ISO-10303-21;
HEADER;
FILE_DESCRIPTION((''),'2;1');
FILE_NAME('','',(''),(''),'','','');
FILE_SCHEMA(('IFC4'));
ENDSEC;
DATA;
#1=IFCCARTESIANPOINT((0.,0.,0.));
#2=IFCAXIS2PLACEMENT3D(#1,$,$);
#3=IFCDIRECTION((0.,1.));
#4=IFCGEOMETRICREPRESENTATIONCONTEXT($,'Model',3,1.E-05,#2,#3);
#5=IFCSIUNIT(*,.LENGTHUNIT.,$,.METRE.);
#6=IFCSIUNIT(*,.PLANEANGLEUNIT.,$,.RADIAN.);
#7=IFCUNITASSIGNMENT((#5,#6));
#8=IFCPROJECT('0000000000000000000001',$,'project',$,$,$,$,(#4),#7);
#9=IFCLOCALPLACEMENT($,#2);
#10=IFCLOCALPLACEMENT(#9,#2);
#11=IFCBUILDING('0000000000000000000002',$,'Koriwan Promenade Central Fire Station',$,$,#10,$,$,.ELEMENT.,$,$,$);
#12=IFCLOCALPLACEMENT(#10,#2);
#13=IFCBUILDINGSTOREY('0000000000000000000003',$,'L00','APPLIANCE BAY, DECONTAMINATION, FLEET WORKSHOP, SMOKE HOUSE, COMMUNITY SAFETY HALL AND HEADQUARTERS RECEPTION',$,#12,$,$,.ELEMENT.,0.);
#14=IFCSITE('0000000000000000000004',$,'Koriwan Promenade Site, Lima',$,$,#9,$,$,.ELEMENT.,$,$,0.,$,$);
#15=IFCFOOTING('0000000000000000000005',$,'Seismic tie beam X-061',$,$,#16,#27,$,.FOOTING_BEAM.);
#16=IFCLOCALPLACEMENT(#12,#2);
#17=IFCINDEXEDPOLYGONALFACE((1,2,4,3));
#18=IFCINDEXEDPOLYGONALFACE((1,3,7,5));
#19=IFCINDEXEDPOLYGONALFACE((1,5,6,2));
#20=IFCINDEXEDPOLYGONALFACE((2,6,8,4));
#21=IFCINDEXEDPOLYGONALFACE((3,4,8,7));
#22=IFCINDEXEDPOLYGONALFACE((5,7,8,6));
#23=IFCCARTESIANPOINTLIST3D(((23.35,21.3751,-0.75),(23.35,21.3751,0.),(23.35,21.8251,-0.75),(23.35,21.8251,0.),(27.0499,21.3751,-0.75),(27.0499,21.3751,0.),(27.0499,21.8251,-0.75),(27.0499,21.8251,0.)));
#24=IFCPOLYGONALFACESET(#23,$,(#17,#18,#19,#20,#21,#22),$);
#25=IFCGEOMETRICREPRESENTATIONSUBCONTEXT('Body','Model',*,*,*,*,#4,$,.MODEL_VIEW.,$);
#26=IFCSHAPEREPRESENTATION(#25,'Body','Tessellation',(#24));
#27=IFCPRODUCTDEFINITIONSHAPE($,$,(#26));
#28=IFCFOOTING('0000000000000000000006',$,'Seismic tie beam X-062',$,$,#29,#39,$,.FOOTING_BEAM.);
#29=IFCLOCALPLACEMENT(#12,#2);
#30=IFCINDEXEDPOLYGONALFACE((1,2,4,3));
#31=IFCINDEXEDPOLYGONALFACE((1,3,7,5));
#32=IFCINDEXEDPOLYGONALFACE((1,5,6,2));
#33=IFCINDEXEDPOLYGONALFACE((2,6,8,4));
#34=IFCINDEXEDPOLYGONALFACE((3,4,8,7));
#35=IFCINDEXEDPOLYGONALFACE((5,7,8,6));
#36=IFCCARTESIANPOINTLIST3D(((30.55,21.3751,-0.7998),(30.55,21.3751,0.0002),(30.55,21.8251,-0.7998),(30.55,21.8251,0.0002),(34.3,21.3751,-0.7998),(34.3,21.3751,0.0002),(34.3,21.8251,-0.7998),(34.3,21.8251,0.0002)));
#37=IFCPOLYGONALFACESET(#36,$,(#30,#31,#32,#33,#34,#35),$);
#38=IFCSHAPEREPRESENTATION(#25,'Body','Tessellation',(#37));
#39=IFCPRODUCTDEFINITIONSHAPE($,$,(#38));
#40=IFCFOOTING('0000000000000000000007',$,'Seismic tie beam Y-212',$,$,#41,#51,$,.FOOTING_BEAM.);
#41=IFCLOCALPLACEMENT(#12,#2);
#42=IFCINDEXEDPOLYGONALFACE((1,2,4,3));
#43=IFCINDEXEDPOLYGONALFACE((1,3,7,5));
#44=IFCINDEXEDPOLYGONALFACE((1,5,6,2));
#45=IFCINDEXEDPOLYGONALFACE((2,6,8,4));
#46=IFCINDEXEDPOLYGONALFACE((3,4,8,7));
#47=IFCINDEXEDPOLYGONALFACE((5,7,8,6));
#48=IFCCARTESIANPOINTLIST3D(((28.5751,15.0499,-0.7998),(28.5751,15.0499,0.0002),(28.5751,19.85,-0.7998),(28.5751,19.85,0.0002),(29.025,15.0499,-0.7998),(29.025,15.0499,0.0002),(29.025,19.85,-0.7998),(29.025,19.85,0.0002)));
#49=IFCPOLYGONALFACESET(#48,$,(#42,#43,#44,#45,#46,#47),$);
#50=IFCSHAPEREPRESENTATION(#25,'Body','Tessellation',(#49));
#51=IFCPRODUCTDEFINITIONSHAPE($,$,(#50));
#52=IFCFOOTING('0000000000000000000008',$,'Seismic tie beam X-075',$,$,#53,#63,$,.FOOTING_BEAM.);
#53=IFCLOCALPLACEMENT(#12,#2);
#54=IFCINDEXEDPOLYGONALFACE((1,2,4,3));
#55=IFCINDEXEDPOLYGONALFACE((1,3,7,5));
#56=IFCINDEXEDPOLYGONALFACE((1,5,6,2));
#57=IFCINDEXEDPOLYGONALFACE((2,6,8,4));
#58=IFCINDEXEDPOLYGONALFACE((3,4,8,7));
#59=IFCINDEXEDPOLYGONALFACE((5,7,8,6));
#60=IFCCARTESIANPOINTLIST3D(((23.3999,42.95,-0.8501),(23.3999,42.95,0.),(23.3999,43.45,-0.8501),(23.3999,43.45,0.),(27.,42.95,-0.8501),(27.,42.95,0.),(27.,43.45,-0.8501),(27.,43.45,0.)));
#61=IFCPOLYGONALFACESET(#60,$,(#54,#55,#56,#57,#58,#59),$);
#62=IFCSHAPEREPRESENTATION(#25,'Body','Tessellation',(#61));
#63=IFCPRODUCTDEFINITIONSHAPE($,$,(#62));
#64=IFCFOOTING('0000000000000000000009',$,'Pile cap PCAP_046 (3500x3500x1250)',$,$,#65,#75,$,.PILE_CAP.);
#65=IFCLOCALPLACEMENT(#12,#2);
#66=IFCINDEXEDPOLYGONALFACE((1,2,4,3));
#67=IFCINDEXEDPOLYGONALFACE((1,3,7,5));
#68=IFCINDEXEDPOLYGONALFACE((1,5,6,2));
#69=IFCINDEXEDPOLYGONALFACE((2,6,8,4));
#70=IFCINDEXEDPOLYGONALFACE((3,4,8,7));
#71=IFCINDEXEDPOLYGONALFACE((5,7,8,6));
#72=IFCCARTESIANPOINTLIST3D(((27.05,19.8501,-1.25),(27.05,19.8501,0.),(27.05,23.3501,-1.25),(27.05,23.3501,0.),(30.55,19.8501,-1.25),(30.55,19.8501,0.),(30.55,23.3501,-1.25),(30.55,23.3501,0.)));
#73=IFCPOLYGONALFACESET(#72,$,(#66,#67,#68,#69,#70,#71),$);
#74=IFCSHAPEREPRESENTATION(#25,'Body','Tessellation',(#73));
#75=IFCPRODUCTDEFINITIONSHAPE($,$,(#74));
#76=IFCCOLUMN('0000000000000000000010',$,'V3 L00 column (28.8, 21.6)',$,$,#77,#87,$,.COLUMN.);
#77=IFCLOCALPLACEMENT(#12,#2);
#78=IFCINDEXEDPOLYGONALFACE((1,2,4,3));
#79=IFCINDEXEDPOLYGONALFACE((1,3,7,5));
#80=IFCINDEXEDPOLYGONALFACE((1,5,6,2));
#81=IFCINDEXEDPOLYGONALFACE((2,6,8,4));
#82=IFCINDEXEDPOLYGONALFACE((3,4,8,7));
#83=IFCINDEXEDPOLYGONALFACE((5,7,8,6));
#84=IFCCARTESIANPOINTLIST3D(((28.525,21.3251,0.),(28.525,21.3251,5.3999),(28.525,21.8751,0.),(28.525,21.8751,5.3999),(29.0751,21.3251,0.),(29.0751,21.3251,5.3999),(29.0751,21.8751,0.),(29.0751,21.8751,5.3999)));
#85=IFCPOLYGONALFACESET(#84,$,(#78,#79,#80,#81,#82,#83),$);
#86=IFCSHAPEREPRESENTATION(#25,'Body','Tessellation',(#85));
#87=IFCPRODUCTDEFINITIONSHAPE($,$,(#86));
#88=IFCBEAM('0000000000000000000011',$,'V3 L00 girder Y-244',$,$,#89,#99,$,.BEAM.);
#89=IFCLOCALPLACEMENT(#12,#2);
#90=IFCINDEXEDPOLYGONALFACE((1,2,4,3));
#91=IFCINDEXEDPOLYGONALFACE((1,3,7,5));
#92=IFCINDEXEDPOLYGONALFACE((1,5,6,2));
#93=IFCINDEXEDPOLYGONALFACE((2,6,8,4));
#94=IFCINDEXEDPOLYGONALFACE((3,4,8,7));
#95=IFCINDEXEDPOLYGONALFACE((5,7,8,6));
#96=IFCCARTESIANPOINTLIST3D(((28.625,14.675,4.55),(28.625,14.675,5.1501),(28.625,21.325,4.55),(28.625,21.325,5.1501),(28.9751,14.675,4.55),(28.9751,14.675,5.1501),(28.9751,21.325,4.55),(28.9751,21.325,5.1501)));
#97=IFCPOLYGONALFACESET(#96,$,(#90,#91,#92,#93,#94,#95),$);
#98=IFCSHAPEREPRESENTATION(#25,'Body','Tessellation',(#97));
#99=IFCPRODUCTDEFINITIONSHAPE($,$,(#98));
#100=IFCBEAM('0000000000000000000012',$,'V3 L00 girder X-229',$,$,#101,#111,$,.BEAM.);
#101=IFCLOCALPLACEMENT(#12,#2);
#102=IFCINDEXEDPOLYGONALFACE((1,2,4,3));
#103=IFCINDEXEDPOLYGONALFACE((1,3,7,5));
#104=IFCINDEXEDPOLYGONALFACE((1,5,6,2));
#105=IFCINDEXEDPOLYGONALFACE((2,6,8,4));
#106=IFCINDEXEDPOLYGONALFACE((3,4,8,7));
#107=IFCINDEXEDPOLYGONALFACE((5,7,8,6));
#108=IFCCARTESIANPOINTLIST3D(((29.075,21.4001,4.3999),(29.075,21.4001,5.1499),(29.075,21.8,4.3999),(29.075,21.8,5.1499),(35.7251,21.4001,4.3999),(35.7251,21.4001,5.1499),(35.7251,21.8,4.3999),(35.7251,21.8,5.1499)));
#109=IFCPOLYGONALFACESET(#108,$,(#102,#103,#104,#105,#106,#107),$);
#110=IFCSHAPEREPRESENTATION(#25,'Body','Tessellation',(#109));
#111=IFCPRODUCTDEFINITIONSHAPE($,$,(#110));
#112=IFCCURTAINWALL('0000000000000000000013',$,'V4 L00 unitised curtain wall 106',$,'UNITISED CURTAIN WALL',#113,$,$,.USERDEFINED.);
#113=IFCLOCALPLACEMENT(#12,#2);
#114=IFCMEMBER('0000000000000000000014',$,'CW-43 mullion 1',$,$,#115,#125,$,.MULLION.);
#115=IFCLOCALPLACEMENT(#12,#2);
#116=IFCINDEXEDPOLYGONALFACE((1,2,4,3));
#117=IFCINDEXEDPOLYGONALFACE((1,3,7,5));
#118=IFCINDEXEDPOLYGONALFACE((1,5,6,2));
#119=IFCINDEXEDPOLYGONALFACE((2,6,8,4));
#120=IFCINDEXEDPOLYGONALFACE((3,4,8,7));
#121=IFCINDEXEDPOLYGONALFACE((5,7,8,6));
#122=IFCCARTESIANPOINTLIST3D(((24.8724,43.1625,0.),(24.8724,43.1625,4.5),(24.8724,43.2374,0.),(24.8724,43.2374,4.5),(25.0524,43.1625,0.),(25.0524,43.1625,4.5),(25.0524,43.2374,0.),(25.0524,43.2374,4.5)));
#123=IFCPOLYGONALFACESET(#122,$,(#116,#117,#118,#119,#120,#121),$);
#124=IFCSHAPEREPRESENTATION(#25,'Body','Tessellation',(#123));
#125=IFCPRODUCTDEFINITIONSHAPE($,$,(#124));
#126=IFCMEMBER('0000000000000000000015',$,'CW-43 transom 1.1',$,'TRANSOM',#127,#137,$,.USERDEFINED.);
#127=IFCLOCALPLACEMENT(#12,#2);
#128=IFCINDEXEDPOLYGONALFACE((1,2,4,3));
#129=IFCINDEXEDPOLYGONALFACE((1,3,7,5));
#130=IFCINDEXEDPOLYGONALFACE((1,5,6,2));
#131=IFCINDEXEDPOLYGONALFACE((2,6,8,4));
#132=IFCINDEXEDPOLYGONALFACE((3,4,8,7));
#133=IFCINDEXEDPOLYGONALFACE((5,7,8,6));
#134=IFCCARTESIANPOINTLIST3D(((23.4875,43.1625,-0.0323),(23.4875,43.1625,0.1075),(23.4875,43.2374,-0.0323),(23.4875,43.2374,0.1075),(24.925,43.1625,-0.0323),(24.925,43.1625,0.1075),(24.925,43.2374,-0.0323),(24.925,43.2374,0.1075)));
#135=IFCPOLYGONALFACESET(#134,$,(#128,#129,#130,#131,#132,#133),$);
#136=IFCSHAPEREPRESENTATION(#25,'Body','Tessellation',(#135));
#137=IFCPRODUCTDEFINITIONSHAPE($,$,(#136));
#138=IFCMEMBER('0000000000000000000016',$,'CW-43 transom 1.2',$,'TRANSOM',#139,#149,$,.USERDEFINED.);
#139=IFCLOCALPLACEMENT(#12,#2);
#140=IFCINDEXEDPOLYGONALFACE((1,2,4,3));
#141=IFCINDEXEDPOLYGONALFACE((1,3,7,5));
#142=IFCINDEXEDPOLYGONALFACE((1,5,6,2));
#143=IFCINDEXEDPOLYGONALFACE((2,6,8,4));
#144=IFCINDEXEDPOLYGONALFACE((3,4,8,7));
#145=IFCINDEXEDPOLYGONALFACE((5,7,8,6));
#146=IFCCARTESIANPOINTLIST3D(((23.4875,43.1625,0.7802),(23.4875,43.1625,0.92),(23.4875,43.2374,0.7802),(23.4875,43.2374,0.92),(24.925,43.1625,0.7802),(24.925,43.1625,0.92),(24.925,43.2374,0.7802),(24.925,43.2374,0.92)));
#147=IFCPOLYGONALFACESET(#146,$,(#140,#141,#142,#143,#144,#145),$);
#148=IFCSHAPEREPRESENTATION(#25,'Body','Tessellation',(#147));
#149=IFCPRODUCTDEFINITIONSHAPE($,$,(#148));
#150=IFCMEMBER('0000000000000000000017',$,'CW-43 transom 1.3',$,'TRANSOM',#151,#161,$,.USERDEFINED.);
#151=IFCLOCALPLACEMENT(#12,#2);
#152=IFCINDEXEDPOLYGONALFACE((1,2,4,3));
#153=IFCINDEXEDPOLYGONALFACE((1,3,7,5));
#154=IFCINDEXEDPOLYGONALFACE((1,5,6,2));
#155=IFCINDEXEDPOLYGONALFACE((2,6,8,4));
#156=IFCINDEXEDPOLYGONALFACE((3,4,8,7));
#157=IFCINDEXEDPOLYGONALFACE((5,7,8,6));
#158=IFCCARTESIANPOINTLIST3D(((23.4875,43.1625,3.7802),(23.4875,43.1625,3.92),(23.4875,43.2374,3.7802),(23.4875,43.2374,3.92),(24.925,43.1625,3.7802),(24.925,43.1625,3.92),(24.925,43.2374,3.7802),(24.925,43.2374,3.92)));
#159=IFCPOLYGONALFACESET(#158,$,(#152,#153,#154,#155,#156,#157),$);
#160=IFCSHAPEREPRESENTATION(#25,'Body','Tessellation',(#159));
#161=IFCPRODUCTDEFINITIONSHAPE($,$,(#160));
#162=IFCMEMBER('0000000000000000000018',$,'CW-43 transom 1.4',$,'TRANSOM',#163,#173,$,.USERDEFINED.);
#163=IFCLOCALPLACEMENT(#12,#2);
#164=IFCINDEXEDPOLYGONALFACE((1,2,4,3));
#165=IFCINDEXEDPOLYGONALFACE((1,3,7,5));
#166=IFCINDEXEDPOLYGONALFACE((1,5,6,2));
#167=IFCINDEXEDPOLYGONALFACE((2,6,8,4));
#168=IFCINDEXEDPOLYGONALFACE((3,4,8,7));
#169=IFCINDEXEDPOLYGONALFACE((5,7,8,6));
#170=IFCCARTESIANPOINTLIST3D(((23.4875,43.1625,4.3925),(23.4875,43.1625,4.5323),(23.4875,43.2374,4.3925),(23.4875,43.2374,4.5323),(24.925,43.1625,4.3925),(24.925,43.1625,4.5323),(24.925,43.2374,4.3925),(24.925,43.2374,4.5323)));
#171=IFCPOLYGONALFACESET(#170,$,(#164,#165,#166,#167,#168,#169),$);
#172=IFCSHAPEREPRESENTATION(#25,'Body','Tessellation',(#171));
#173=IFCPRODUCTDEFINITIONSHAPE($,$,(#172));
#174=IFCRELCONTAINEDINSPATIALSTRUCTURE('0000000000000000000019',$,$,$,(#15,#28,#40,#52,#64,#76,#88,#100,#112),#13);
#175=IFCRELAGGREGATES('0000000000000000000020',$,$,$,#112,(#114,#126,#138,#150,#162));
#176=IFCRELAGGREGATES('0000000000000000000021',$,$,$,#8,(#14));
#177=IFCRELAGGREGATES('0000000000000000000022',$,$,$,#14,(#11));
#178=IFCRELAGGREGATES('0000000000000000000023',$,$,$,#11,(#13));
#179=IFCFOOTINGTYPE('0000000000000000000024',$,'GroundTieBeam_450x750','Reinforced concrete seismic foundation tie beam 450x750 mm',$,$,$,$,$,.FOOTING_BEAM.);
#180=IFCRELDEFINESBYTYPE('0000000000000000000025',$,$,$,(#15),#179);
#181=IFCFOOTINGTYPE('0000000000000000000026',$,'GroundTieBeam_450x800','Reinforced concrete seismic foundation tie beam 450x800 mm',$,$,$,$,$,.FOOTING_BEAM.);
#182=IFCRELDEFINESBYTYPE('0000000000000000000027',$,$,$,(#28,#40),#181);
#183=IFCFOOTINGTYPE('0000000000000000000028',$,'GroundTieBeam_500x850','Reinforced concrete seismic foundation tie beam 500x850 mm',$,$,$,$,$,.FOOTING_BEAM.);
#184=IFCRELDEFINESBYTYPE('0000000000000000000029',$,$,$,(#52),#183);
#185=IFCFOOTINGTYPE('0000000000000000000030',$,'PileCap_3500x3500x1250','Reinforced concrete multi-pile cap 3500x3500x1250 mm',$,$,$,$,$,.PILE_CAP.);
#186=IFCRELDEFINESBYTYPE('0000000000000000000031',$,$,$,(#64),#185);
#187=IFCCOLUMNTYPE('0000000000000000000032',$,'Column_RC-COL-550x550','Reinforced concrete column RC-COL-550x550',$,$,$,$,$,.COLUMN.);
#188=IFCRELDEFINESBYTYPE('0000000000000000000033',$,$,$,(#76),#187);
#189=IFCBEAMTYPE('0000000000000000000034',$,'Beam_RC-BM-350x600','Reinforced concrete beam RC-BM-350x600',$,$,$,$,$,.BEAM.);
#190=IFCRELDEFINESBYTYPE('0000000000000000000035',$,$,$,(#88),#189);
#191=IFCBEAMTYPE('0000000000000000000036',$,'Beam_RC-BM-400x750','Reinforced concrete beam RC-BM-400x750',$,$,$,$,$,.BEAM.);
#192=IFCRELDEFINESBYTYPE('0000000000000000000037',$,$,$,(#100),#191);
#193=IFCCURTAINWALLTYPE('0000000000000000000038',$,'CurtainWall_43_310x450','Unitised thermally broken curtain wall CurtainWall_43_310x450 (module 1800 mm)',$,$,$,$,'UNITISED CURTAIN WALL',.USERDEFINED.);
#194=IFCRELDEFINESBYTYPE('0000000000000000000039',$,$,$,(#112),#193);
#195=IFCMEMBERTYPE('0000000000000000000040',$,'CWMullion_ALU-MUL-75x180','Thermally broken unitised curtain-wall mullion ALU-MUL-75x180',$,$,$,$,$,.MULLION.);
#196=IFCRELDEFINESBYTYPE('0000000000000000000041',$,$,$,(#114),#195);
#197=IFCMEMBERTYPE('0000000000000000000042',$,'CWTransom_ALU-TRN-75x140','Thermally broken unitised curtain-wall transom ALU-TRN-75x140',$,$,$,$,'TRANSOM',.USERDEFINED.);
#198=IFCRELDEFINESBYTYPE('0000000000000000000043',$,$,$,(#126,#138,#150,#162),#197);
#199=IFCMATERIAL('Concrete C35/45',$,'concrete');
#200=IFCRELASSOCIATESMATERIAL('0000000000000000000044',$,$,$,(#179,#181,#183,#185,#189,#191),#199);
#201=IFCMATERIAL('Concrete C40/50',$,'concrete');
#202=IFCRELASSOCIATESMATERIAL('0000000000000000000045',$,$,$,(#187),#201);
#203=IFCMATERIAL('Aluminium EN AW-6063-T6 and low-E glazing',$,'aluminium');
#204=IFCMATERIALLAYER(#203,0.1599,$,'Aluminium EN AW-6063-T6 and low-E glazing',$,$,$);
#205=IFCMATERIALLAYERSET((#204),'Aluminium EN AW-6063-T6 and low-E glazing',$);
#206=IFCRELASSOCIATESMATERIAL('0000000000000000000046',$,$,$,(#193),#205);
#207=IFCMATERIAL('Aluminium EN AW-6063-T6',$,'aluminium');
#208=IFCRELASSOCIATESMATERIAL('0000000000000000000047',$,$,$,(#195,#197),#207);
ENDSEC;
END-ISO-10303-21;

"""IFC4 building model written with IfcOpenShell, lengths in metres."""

from ifc_helpers import new_model, si_unit, direction, frame, origin, origin_2d, place, context, subcontext, project, spatial, rectangle, extrude, material, layer, layer_set, material_profile, profile_set, type_object, element, aggregate, save


model = new_model("IFC4")

# Units and contexts
model_context = context("Model", 3, precision=1e-05, world=origin(), true_north=direction((0.0, 1.0)))
body_context = subcontext(model_context, "Body", "Model", "MODEL_VIEW")
ifc_project = project(units=[si_unit("LENGTHUNIT", "METRE"), si_unit("PLANEANGLEUNIT", "RADIAN")], contexts=[model_context])

# Site, building, storey
site_placement = place(None, origin())
site = spatial("IfcSite", under=ifc_project, at=site_placement, Name="Koriwan Promenade Site, Lima", CompositionType="ELEMENT", RefElevation=0.0)
building_placement = place(site_placement, origin())
building = spatial("IfcBuilding", under=site, at=building_placement, Name="Koriwan Promenade Central Fire Station", CompositionType="ELEMENT")
storey_placement = place(building_placement, origin())
storey = spatial("IfcBuildingStorey", under=building, at=storey_placement, Name="L00", Description="APPLIANCE BAY, DECONTAMINATION, FLEET WORKSHOP, SMOKE HOUSE, COMMUNITY SAFETY HALL AND HEADQUARTERS RECEPTION", CompositionType="ELEMENT", Elevation=0.0)

# Shared definitions
ifc_material_1 = material(Name="Concrete C35/45", Category="concrete")

# Footings
footing_type_1 = type_object("IfcFootingType", Name="GroundTieBeam_450x750", Description="Reinforced concrete seismic foundation tie beam 450x750 mm", PredefinedType="FOOTING_BEAM", material=ifc_material_1)
footing_1_placement = place(storey_placement, frame((25.2, 21.6001, -0.75), z_axis=(0.0, 0.0, 1.0), x_axis=(1.0, 0.0, 0.0)))
element("IfcFooting", 1, at=footing_1_placement, inside=storey, type_object=footing_type_1, Name="Seismic tie beam X-061", PredefinedType="FOOTING_BEAM", context=body_context, shape_type="SweptSolid", body=[
    extrude(rectangle(XDim=3.7, YDim=0.45, at=origin_2d()), origin(), (0.0, 0.0, 1.0), 0.75),
])
footing_type_2 = type_object("IfcFootingType", Name="GroundTieBeam_450x800", Description="Reinforced concrete seismic foundation tie beam 450x800 mm", PredefinedType="FOOTING_BEAM", material=ifc_material_1)
footing_2_placement = place(storey_placement, frame((32.425, 21.6001, -0.7998), z_axis=(0.0, 0.0, 1.0), x_axis=(1.0, 0.0, 0.0)))
element("IfcFooting", 2, at=footing_2_placement, inside=storey, type_object=footing_type_2, Name="Seismic tie beam X-062", PredefinedType="FOOTING_BEAM", context=body_context, shape_type="SweptSolid", body=[
    extrude(rectangle(XDim=3.75, YDim=0.45, at=origin_2d()), origin(), (0.0, 0.0, 1.0), 0.8),
])
footing_3_placement = place(storey_placement, frame((28.8, 17.45, -0.7998), z_axis=(0.0, 0.0, 1.0), x_axis=(0.0, 1.0, 0.0)))
element("IfcFooting", 3, at=footing_3_placement, inside=storey, type_object=footing_type_2, Name="Seismic tie beam Y-212", PredefinedType="FOOTING_BEAM", context=body_context, shape_type="SweptSolid", body=[
    extrude(rectangle(XDim=4.8, YDim=0.45, at=origin_2d()), origin(), (0.0, 0.0, 1.0), 0.8),
])
footing_type_3 = type_object("IfcFootingType", Name="GroundTieBeam_500x850", Description="Reinforced concrete seismic foundation tie beam 500x850 mm", PredefinedType="FOOTING_BEAM", material=ifc_material_1)
footing_4_placement = place(storey_placement, frame((25.2, 43.2, -0.8501), z_axis=(0.0, 0.0, 1.0), x_axis=(1.0, 0.0, 0.0)))
element("IfcFooting", 4, at=footing_4_placement, inside=storey, type_object=footing_type_3, Name="Seismic tie beam X-075", PredefinedType="FOOTING_BEAM", context=body_context, shape_type="SweptSolid", body=[
    extrude(rectangle(XDim=3.6001, YDim=0.5, at=origin_2d()), origin(), (0.0, 0.0, 1.0), 0.8501),
])
footing_type_4 = type_object("IfcFootingType", Name="PileCap_3500x3500x1250", Description="Reinforced concrete multi-pile cap 3500x3500x1250 mm", PredefinedType="PILE_CAP", material=ifc_material_1)
footing_5_placement = place(storey_placement, frame((28.8, 21.6001, -1.25), z_axis=(0.0, 0.0, 1.0), x_axis=(1.0, 0.0, 0.0)))
element("IfcFooting", 5, at=footing_5_placement, inside=storey, type_object=footing_type_4, Name="Pile cap PCAP_046 (3500x3500x1250)", PredefinedType="PILE_CAP", context=body_context, shape_type="SweptSolid", body=[
    extrude(rectangle(XDim=3.5, YDim=3.5, at=origin_2d()), origin(), (0.0, 0.0, 1.0), 1.25),
])

# Column
ifc_material_2 = material(Name="Concrete C40/50", Category="concrete")
ifc_material_profile_1 = material_profile(ifc_material_2, rectangle(XDim=0.55, YDim=0.55, at=origin_2d()), Name="RC-COL-550x550")
ifc_profile_set_1 = profile_set([ifc_material_profile_1], Name="Concrete C40/50")
column_type = type_object("IfcColumnType", Name="Column_RC-COL-550x550", Description="Reinforced concrete column RC-COL-550x550", PredefinedType="COLUMN", material=ifc_profile_set_1)
column_placement = place(storey_placement, frame((28.8, 21.6001, 0.0), z_axis=(0.0, 0.0, 1.0), x_axis=(1.0, 0.0, 0.0)))
element("IfcColumn", 6, at=column_placement, inside=storey, type_object=column_type, Name="V3 L00 column (28.8, 21.6)", PredefinedType="COLUMN", context=body_context, shape_type="SweptSolid", body=[
    extrude(rectangle(XDim=0.55, YDim=0.55, at=origin_2d()), origin(), (0.0, 0.0, 1.0), 5.3999),
])

# Beams
ifc_material_profile_2 = material_profile(ifc_material_1, rectangle(XDim=0.3501, YDim=0.6001, at=origin_2d()), Name="RC-BM-350x600")
ifc_profile_set_2 = profile_set([ifc_material_profile_2], Name="Concrete C35/45")
beam_type_1 = type_object("IfcBeamType", Name="Beam_RC-BM-350x600", Description="Reinforced concrete beam RC-BM-350x600", PredefinedType="BEAM", material=ifc_profile_set_2)
beam_1_placement = place(storey_placement, frame((28.8, 14.675, 4.8501), z_axis=(0.0, 1.0, 0.0), x_axis=(-1.0, 0.0, 0.0)))
element("IfcBeam", 7, at=beam_1_placement, inside=storey, type_object=beam_type_1, Name="V3 L00 girder Y-244", PredefinedType="BEAM", context=body_context, shape_type="SweptSolid", body=[
    extrude(rectangle(XDim=0.3501, YDim=0.6001, at=origin_2d()), origin(), (0.0, 0.0, 1.0), 6.6499),
])
ifc_material_profile_3 = material_profile(ifc_material_1, rectangle(XDim=0.3999, YDim=0.75, at=origin_2d()), Name="RC-BM-400x750")
ifc_profile_set_3 = profile_set([ifc_material_profile_3], Name="Concrete C35/45")
beam_type_2 = type_object("IfcBeamType", Name="Beam_RC-BM-400x750", Description="Reinforced concrete beam RC-BM-400x750", PredefinedType="BEAM", material=ifc_profile_set_3)
beam_2_placement = place(storey_placement, frame((29.075, 21.6001, 4.7749), z_axis=(1.0, 0.0, 0.0), x_axis=(0.0, 1.0, 0.0)))
element("IfcBeam", 8, at=beam_2_placement, inside=storey, type_object=beam_type_2, Name="V3 L00 girder X-229", PredefinedType="BEAM", context=body_context, shape_type="SweptSolid", body=[
    extrude(rectangle(XDim=0.3999, YDim=0.75, at=origin_2d()), origin(), (0.0, 0.0, 1.0), 6.6501),
])

# Curtain wall, members
ifc_material_3 = material(Name="Aluminium EN AW-6063-T6 and low-E glazing", Category="aluminium")
ifc_layer_1 = layer(ifc_material_3, 0.1599, Name="Aluminium EN AW-6063-T6 and low-E glazing")
ifc_layer_set_1 = layer_set([ifc_layer_1], Name="Aluminium EN AW-6063-T6 and low-E glazing")
curtain_wall_type = type_object("IfcCurtainWallType", Name="CurtainWall_43_310x450", Description="Unitised thermally broken curtain wall CurtainWall_43_310x450 (module 1800 mm)", ElementType="UNITISED CURTAIN WALL", PredefinedType="USERDEFINED", material=ifc_layer_set_1)
curtain_wall_placement = place(storey_placement, origin())
curtain_wall = element("IfcCurtainWall", 9, at=curtain_wall_placement, inside=storey, type_object=curtain_wall_type, Name="V4 L00 unitised curtain wall 106", ObjectType="UNITISED CURTAIN WALL", PredefinedType="USERDEFINED")
ifc_material_4 = material(Name="Aluminium EN AW-6063-T6", Category="aluminium")
ifc_material_profile_4 = material_profile(ifc_material_4, rectangle(XDim=0.075, YDim=0.1799, at=origin_2d()), Name="ALU-MUL-75x180")
ifc_profile_set_4 = profile_set([ifc_material_profile_4], Name="Aluminium EN AW-6063-T6")
member_type_1 = type_object("IfcMemberType", Name="CWMullion_ALU-MUL-75x180", Description="Thermally broken unitised curtain-wall mullion ALU-MUL-75x180", PredefinedType="MULLION", material=ifc_profile_set_4)
member_1_placement = place(storey_placement, frame((24.9624, 43.2, 0.0), z_axis=(0.0, 0.0, 1.0), x_axis=(0.0, -1.0, 0.0)))
member_1 = element("IfcMember", 10, at=member_1_placement, type_object=member_type_1, Name="CW-43 mullion 1", PredefinedType="MULLION", context=body_context, shape_type="SweptSolid", body=[
    extrude(rectangle(XDim=0.075, YDim=0.1799, at=origin_2d()), origin(), (0.0, 0.0, 1.0), 4.5),
])
ifc_material_profile_5 = material_profile(ifc_material_4, rectangle(XDim=0.075, YDim=0.1399, at=origin_2d()), Name="ALU-TRN-75x140")
ifc_profile_set_5 = profile_set([ifc_material_profile_5], Name="Aluminium EN AW-6063-T6")
member_type_2 = type_object("IfcMemberType", Name="CWTransom_ALU-TRN-75x140", Description="Thermally broken unitised curtain-wall transom ALU-TRN-75x140", ElementType="TRANSOM", PredefinedType="USERDEFINED", material=ifc_profile_set_5)
member_2_placement = place(storey_placement, frame((24.925, 43.2, 0.0376), z_axis=(-1.0, 0.0, 0.0), x_axis=(0.0, -1.0, 0.0)))
member_2 = element("IfcMember", 11, at=member_2_placement, type_object=member_type_2, Name="CW-43 transom 1.1", ObjectType="TRANSOM", PredefinedType="USERDEFINED", context=body_context, shape_type="SweptSolid", body=[
    extrude(rectangle(XDim=0.075, YDim=0.1399, at=origin_2d()), origin(), (0.0, 0.0, 1.0), 1.4375),
])
member_3_placement = place(storey_placement, frame((24.925, 43.2, 0.8501), z_axis=(-1.0, 0.0, 0.0), x_axis=(0.0, -1.0, 0.0)))
member_3 = element("IfcMember", 12, at=member_3_placement, type_object=member_type_2, Name="CW-43 transom 1.2", ObjectType="TRANSOM", PredefinedType="USERDEFINED", context=body_context, shape_type="SweptSolid", body=[
    extrude(rectangle(XDim=0.075, YDim=0.1399, at=origin_2d()), origin(), (0.0, 0.0, 1.0), 1.4375),
])
member_4_placement = place(storey_placement, frame((24.925, 43.2, 3.8501), z_axis=(-1.0, 0.0, 0.0), x_axis=(0.0, -1.0, 0.0)))
member_4 = element("IfcMember", 13, at=member_4_placement, type_object=member_type_2, Name="CW-43 transom 1.3", ObjectType="TRANSOM", PredefinedType="USERDEFINED", context=body_context, shape_type="SweptSolid", body=[
    extrude(rectangle(XDim=0.075, YDim=0.1399, at=origin_2d()), origin(), (0.0, 0.0, 1.0), 1.4375),
])
member_5_placement = place(storey_placement, frame((24.925, 43.2, 4.4624), z_axis=(-1.0, 0.0, 0.0), x_axis=(0.0, -1.0, 0.0)))
member_5 = element("IfcMember", 14, at=member_5_placement, type_object=member_type_2, Name="CW-43 transom 1.4", ObjectType="TRANSOM", PredefinedType="USERDEFINED", context=body_context, shape_type="SweptSolid", body=[
    extrude(rectangle(XDim=0.075, YDim=0.1399, at=origin_2d()), origin(), (0.0, 0.0, 1.0), 1.4375),
])

aggregate(curtain_wall, [member_1, member_2, member_3, member_4, member_5])

save(model, "model.ifc")
